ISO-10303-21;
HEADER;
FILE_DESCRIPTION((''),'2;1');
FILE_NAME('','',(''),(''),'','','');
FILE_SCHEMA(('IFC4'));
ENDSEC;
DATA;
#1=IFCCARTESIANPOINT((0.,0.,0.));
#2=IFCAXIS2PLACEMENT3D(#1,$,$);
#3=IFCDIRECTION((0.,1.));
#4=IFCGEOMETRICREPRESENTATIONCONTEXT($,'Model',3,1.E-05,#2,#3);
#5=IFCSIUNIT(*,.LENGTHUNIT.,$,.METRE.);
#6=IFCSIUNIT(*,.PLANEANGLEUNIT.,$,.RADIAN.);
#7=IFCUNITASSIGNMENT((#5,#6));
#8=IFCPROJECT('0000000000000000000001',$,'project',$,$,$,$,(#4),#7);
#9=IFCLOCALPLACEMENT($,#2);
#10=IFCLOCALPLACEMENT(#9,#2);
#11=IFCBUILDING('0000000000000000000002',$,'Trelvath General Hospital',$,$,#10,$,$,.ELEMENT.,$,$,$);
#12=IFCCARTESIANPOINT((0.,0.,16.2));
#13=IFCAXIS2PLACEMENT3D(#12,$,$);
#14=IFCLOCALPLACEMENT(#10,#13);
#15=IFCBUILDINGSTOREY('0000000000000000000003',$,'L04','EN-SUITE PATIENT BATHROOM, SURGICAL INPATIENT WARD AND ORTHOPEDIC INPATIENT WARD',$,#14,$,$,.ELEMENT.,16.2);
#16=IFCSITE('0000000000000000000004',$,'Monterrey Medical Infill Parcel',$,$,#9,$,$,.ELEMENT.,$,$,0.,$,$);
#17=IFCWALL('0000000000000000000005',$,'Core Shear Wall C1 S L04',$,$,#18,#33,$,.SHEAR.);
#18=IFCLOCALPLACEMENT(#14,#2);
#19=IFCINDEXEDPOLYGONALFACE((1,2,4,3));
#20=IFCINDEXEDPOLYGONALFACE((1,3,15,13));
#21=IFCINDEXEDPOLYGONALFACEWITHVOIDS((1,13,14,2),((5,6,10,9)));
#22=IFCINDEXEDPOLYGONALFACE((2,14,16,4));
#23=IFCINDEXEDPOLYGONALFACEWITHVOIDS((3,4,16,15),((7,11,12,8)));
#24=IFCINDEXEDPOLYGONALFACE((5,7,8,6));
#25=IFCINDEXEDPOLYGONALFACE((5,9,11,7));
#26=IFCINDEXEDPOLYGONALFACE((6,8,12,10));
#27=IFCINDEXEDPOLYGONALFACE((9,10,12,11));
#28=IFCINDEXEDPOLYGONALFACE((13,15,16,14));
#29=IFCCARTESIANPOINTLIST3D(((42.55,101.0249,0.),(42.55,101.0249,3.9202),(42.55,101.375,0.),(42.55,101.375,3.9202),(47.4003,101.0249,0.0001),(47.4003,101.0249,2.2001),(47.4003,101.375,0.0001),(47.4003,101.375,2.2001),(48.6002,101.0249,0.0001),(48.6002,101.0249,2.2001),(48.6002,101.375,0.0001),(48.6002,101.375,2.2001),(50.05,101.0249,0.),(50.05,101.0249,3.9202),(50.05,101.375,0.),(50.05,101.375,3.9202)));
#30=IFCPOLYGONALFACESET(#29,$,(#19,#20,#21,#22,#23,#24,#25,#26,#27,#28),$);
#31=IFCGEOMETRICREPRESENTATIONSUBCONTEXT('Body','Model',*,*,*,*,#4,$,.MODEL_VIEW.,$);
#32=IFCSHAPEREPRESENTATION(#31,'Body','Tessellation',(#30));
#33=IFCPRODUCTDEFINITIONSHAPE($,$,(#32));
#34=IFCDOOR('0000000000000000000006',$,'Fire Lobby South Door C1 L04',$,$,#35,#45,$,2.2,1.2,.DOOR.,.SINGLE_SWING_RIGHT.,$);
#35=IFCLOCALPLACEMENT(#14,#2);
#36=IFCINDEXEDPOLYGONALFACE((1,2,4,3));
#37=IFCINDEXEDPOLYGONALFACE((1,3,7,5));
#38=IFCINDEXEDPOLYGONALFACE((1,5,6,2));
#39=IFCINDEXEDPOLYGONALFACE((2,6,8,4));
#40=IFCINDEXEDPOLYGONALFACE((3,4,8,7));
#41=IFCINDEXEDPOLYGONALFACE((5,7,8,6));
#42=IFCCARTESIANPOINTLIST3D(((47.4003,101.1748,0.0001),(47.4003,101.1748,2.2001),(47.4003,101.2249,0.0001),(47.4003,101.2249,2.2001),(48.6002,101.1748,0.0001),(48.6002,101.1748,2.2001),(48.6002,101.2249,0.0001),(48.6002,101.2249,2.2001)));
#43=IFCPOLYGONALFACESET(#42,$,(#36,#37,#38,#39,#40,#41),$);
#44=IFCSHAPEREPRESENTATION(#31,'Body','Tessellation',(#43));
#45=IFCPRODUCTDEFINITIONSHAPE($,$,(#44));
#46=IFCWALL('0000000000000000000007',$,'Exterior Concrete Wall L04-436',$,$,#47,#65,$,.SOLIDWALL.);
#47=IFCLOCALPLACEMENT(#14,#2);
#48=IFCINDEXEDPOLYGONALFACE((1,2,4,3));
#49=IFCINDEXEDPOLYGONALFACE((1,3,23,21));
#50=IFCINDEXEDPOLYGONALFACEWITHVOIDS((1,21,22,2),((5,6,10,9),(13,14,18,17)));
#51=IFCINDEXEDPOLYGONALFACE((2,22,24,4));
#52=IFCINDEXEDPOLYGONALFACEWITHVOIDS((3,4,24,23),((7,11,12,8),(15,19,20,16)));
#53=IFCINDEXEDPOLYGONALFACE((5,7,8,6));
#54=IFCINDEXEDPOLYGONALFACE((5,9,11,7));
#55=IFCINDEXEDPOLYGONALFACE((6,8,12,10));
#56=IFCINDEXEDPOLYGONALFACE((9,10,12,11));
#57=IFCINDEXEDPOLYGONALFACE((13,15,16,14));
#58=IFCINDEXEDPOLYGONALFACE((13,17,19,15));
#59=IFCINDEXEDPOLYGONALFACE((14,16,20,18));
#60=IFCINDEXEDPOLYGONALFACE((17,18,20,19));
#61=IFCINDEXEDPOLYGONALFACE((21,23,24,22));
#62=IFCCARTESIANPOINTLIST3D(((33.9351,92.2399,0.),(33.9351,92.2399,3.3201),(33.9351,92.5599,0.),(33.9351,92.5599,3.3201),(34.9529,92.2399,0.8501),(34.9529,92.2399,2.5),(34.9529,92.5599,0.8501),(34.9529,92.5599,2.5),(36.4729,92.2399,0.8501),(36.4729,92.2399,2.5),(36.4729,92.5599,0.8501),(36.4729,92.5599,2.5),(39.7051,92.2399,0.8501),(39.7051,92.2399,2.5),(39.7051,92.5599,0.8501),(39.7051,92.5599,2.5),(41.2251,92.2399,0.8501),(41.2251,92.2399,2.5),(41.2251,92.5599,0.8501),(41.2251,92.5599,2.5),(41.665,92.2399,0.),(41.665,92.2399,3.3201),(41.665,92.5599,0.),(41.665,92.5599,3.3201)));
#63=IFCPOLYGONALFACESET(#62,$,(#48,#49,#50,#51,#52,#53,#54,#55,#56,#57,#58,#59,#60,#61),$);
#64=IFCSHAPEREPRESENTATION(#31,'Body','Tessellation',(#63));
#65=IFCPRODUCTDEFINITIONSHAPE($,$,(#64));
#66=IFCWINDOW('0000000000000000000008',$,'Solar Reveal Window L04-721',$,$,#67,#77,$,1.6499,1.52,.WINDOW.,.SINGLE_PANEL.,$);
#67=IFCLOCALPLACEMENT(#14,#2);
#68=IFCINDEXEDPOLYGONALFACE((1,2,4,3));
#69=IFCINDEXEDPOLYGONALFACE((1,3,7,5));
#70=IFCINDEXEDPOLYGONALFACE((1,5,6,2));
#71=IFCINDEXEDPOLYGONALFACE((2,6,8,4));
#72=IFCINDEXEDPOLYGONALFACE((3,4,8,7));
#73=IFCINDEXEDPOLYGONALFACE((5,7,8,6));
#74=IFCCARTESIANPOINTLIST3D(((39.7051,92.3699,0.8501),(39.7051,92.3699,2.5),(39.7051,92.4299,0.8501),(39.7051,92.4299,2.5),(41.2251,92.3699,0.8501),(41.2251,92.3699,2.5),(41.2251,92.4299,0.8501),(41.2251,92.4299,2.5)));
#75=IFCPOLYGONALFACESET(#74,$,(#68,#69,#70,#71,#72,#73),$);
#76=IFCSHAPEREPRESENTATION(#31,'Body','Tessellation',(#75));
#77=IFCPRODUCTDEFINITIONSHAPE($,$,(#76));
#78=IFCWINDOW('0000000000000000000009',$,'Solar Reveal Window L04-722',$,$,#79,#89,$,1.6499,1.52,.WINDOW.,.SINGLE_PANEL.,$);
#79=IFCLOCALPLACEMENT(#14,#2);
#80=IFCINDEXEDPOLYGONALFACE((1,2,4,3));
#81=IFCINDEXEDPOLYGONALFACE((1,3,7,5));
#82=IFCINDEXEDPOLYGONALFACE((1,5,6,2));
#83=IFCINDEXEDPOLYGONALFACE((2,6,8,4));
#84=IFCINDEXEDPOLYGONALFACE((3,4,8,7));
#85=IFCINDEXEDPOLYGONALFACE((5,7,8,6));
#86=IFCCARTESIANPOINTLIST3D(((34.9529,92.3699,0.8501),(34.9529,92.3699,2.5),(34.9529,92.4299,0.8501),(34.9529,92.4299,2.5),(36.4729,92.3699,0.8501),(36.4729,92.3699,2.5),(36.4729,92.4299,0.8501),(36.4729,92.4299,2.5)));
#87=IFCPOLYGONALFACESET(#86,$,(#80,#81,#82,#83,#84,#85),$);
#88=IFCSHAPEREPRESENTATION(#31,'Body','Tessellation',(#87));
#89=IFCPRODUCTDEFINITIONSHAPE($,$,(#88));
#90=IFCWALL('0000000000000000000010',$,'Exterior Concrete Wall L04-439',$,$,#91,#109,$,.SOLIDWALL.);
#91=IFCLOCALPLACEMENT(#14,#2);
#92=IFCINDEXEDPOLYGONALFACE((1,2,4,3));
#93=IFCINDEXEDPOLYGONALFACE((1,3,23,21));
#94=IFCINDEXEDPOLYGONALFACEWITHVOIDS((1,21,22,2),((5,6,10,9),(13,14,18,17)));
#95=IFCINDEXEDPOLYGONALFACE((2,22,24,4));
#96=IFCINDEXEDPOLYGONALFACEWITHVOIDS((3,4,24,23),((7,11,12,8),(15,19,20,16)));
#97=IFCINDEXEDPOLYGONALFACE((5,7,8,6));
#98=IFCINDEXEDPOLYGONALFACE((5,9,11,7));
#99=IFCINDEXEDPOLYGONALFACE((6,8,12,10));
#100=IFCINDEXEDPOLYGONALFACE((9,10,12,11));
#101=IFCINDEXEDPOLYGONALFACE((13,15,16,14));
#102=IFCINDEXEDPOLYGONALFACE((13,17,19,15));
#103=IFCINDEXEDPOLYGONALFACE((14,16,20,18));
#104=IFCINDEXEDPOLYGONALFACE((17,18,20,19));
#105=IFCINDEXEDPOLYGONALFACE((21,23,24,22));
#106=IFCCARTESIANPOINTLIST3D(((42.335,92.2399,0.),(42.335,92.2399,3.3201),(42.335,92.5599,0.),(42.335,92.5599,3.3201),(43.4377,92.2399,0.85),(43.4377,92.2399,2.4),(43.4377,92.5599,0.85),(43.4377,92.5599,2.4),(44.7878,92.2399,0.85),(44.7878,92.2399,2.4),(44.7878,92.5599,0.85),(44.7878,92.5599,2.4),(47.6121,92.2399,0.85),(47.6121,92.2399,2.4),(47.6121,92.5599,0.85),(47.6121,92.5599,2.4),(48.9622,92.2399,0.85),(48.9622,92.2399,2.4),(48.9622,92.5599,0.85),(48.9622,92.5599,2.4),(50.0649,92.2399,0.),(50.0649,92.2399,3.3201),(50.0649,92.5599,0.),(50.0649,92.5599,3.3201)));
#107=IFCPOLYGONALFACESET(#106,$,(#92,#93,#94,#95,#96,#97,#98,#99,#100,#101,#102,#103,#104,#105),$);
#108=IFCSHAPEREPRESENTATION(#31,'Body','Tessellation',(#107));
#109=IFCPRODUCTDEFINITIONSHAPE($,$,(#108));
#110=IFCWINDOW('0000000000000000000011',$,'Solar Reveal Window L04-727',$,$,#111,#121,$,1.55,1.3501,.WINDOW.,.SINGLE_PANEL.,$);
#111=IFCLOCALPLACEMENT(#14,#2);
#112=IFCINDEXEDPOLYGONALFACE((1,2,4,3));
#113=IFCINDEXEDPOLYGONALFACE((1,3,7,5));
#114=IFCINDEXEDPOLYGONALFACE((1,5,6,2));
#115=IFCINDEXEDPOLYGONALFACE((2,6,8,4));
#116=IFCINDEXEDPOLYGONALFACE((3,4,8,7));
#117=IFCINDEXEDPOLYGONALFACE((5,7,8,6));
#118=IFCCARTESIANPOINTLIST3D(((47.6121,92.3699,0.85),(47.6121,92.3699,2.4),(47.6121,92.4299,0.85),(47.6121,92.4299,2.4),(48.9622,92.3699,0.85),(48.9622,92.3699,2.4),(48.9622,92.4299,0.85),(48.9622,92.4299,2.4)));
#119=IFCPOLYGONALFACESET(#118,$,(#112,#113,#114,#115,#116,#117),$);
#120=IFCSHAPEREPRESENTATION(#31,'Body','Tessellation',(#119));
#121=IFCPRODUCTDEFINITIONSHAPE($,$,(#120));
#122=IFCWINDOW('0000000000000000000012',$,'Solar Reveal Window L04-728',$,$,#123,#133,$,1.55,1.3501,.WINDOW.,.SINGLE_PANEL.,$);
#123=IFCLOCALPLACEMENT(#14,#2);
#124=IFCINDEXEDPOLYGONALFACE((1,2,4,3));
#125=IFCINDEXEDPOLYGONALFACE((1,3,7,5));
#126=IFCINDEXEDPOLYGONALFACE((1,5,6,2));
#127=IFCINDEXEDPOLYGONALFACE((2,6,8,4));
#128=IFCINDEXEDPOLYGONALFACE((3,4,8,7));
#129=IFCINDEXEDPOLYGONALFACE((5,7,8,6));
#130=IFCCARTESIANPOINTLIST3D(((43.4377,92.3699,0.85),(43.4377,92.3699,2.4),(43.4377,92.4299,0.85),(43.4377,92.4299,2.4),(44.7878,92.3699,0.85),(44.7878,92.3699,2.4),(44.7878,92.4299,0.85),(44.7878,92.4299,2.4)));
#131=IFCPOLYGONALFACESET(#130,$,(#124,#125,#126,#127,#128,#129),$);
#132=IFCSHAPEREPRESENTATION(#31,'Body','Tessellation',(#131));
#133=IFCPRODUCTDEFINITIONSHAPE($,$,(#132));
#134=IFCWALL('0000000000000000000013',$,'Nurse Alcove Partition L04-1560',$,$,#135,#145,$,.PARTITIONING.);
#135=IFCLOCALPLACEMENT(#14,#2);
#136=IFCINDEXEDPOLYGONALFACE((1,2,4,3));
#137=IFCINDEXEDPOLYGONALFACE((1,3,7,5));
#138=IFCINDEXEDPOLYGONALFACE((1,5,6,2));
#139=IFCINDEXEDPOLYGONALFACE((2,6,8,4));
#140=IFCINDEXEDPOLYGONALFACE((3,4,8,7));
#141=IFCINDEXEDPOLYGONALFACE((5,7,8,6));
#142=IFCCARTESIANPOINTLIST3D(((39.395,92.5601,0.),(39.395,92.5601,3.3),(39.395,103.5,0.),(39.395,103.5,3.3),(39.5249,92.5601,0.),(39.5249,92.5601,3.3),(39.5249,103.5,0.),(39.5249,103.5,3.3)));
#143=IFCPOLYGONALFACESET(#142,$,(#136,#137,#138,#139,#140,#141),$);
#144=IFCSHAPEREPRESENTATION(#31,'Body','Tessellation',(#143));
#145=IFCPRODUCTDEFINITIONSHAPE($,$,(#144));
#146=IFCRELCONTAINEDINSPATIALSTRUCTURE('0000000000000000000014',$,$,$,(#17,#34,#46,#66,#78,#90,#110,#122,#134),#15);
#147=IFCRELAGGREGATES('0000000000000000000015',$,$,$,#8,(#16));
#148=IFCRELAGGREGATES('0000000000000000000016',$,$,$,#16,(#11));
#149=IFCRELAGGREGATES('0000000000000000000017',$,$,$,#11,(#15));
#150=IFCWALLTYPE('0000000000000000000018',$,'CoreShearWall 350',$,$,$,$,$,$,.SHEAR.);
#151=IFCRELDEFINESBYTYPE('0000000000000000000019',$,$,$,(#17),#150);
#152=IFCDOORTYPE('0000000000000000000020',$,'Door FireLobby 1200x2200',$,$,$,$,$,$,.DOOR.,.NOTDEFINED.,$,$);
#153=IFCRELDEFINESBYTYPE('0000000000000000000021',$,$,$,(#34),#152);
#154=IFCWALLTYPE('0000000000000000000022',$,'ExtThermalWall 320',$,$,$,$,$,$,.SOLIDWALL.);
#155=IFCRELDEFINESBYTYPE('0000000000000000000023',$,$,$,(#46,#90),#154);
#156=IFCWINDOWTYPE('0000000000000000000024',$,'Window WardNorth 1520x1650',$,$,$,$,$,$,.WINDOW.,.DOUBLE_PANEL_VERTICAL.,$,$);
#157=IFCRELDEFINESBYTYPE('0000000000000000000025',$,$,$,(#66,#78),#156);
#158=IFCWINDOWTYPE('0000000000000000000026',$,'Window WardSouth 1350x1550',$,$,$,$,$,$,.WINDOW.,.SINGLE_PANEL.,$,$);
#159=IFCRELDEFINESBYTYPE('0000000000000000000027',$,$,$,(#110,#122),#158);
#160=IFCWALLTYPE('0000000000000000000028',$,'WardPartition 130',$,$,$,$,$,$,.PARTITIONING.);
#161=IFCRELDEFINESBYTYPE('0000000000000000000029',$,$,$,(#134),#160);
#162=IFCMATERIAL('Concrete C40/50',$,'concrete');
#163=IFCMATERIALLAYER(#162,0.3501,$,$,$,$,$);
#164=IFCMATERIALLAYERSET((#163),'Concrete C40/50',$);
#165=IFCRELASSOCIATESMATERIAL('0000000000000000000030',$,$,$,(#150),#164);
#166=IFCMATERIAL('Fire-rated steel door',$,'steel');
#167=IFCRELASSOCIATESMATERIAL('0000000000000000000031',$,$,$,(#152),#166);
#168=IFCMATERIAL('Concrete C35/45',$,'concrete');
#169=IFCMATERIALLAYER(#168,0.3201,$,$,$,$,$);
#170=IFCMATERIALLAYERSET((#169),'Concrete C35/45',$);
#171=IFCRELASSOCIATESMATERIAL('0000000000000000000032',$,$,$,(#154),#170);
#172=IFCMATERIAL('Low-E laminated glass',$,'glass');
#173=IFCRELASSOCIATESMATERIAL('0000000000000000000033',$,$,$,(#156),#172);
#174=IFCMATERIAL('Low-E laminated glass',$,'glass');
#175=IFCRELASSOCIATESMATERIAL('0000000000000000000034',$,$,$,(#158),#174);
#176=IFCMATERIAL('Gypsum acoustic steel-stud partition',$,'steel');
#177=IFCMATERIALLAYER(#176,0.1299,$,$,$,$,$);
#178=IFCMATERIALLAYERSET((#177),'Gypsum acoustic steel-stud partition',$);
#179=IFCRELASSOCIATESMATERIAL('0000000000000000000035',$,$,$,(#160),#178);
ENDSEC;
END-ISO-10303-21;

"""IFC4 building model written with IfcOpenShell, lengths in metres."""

from ifc_helpers import new_model, si_unit, direction, frame, frame_2d, origin, place, context, subcontext, project, spatial, rectangle, extrude, material, layer, layer_set, type_object, element, fill, save


model = new_model("IFC4")

# Units and contexts
model_context = context("Model", 3, precision=1e-05, world=origin(), true_north=direction((0.0, 1.0)))
body_context = subcontext(model_context, "Body", "Model", "MODEL_VIEW")
ifc_project = project(units=[si_unit("LENGTHUNIT", "METRE"), si_unit("PLANEANGLEUNIT", "RADIAN")], contexts=[model_context])

# Site, building, storey
site_placement = place(None, origin())
site = spatial("IfcSite", under=ifc_project, at=site_placement, Name="Monterrey Medical Infill Parcel", CompositionType="ELEMENT", RefElevation=0.0)
building_placement = place(site_placement, origin())
building = spatial("IfcBuilding", under=site, at=building_placement, Name="Trelvath General Hospital", CompositionType="ELEMENT")
storey_placement = place(building_placement, frame((0.0, 0.0, 16.2)))
storey = spatial("IfcBuildingStorey", under=building, at=storey_placement, Name="L04", Description="EN-SUITE PATIENT BATHROOM, SURGICAL INPATIENT WARD AND ORTHOPEDIC INPATIENT WARD", CompositionType="ELEMENT", Elevation=16.2)

# Wall, opening, door
ifc_material_1 = material(Name="Concrete C40/50", Category="concrete")
ifc_layer_1 = layer(ifc_material_1, 0.3501)
ifc_layer_set_1 = layer_set([ifc_layer_1], Name="Concrete C40/50")
wall_type_1 = type_object("IfcWallType", Name="CoreShearWall 350", PredefinedType="SHEAR", material=ifc_layer_set_1)
wall_1_placement = place(storey_placement, frame((42.55, 101.2, 0.0), z_axis=(0.0, 0.0, 1.0), x_axis=(1.0, 0.0, 0.0)))
wall_1 = element("IfcWall", 1, at=wall_1_placement, inside=storey, type_object=wall_type_1, Name="Core Shear Wall C1 S L04", PredefinedType="SHEAR", context=body_context, shape_type="SweptSolid", body=[
    extrude(rectangle(XDim=7.5, YDim=0.3501, at=frame_2d((3.75, 0.0))), origin(), (0.0, 0.0, 1.0), 3.9202),
])
opening_1_placement = place(wall_1_placement, frame((4.8501, 0.0, 0.0)))
opening_1 = element("IfcOpeningElement", 2, at=opening_1_placement, cuts=wall_1, PredefinedType="OPENING", context=body_context, shape_type="SweptSolid", body=[
    extrude(rectangle(XDim=1.2, YDim=2.2, at=frame_2d((0.6001, 1.1001))), frame((0.0, 0.1851, 0.0), z_axis=(0.0, -1.0, 0.0), x_axis=(1.0, 0.0, 0.0)), (0.0, 0.0, 1.0), 0.3701),
])
ifc_material_2 = material(Name="Fire-rated steel door", Category="steel")
door_type_1 = type_object("IfcDoorType", Name="Door FireLobby 1200x2200", OperationType="NOTDEFINED", PredefinedType="DOOR", material=ifc_material_2)
door_1_placement = place(opening_1_placement, origin())
door_1 = element("IfcDoor", 3, at=door_1_placement, inside=storey, type_object=door_type_1, Name="Fire Lobby South Door C1 L04", OperationType="SINGLE_SWING_RIGHT", OverallHeight=2.2, OverallWidth=1.2, PredefinedType="DOOR", context=body_context, shape_type="SweptSolid", body=[
    extrude(rectangle(XDim=1.2, YDim=2.2, at=frame_2d((0.6001, 1.1001))), frame((0.0, 0.0249, 0.0), z_axis=(0.0, -1.0, 0.0), x_axis=(1.0, 0.0, 0.0)), (0.0, 0.0, 1.0), 0.05),
])
fill(opening_1, door_1)

# Walls, openings, windows
ifc_material_3 = material(Name="Concrete C35/45", Category="concrete")
ifc_layer_2 = layer(ifc_material_3, 0.3201)
ifc_layer_set_2 = layer_set([ifc_layer_2], Name="Concrete C35/45")
wall_type_2 = type_object("IfcWallType", Name="ExtThermalWall 320", PredefinedType="SOLIDWALL", material=ifc_layer_set_2)
wall_2_placement = place(storey_placement, frame((41.665, 92.3999, 0.0), z_axis=(0.0, 0.0, 1.0), x_axis=(-1.0, 0.0, 0.0)))
wall_2 = element("IfcWall", 4, at=wall_2_placement, inside=storey, type_object=wall_type_2, Name="Exterior Concrete Wall L04-436", PredefinedType="SOLIDWALL", context=body_context, shape_type="SweptSolid", body=[
    extrude(rectangle(XDim=7.73, YDim=0.3201, at=frame_2d((3.865, 0.0))), origin(), (0.0, 0.0, 1.0), 3.3201),
])
opening_2_placement = place(wall_2_placement, frame((0.4399, 0.0, 0.8501)))
opening_2 = element("IfcOpeningElement", 5, at=opening_2_placement, cuts=wall_2, PredefinedType="OPENING", context=body_context, shape_type="SweptSolid", body=[
    extrude(rectangle(XDim=1.52, YDim=1.6499, at=frame_2d((0.76, 0.825))), frame((0.0, 0.1699, 0.0), z_axis=(0.0, -1.0, 0.0), x_axis=(1.0, 0.0, 0.0)), (0.0, 0.0, 1.0), 0.3401),
])
opening_3_placement = place(wall_2_placement, frame((5.1921, 0.0, 0.8501)))
opening_3 = element("IfcOpeningElement", 6, at=opening_3_placement, cuts=wall_2, PredefinedType="OPENING", context=body_context, shape_type="SweptSolid", body=[
    extrude(rectangle(XDim=1.52, YDim=1.6499, at=frame_2d((0.76, 0.825))), frame((0.0, 0.1699, 0.0), z_axis=(0.0, -1.0, 0.0), x_axis=(1.0, 0.0, 0.0)), (0.0, 0.0, 1.0), 0.3401),
])
ifc_material_4 = material(Name="Low-E laminated glass", Category="glass")
window_type_1 = type_object("IfcWindowType", Name="Window WardNorth 1520x1650", PartitioningType="DOUBLE_PANEL_VERTICAL", PredefinedType="WINDOW", material=ifc_material_4)
window_1_placement = place(opening_2_placement, origin())
window_1 = element("IfcWindow", 7, at=window_1_placement, inside=storey, type_object=window_type_1, Name="Solar Reveal Window L04-721", OverallHeight=1.6499, OverallWidth=1.52, PartitioningType="SINGLE_PANEL", PredefinedType="WINDOW", context=body_context, shape_type="SweptSolid", body=[
    extrude(rectangle(XDim=1.52, YDim=1.6499, at=frame_2d((0.76, 0.825))), frame((0.0, 0.03, 0.0), z_axis=(0.0, -1.0, 0.0), x_axis=(1.0, 0.0, 0.0)), (0.0, 0.0, 1.0), 0.0601),
])
fill(opening_2, window_1)
window_2_placement = place(opening_3_placement, origin())
window_2 = element("IfcWindow", 8, at=window_2_placement, inside=storey, type_object=window_type_1, Name="Solar Reveal Window L04-722", OverallHeight=1.6499, OverallWidth=1.52, PartitioningType="SINGLE_PANEL", PredefinedType="WINDOW", context=body_context, shape_type="SweptSolid", body=[
    extrude(rectangle(XDim=1.52, YDim=1.6499, at=frame_2d((0.76, 0.825))), frame((0.0, 0.03, 0.0), z_axis=(0.0, -1.0, 0.0), x_axis=(1.0, 0.0, 0.0)), (0.0, 0.0, 1.0), 0.0601),
])
fill(opening_3, window_2)
wall_3_placement = place(storey_placement, frame((50.0649, 92.3999, 0.0), z_axis=(0.0, 0.0, 1.0), x_axis=(-1.0, 0.0, 0.0)))
wall_3 = element("IfcWall", 9, at=wall_3_placement, inside=storey, type_object=wall_type_2, Name="Exterior Concrete Wall L04-439", PredefinedType="SOLIDWALL", context=body_context, shape_type="SweptSolid", body=[
    extrude(rectangle(XDim=7.73, YDim=0.3201, at=frame_2d((3.865, 0.0))), origin(), (0.0, 0.0, 1.0), 3.3201),
])
opening_4_placement = place(wall_3_placement, frame((1.1028, 0.0, 0.8501)))
opening_4 = element("IfcOpeningElement", 10, at=opening_4_placement, cuts=wall_3, PredefinedType="OPENING", context=body_context, shape_type="SweptSolid", body=[
    extrude(rectangle(XDim=1.3501, YDim=1.55, at=frame_2d((0.675, 0.7749))), frame((0.0, 0.1699, 0.0), z_axis=(0.0, -1.0, 0.0), x_axis=(1.0, 0.0, 0.0)), (0.0, 0.0, 1.0), 0.3401),
])
opening_5_placement = place(wall_3_placement, frame((5.2771, 0.0, 0.8501)))
opening_5 = element("IfcOpeningElement", 11, at=opening_5_placement, cuts=wall_3, PredefinedType="OPENING", context=body_context, shape_type="SweptSolid", body=[
    extrude(rectangle(XDim=1.3501, YDim=1.55, at=frame_2d((0.675, 0.7749))), frame((0.0, 0.1699, 0.0), z_axis=(0.0, -1.0, 0.0), x_axis=(1.0, 0.0, 0.0)), (0.0, 0.0, 1.0), 0.3401),
])
ifc_material_5 = material(Name="Low-E laminated glass", Category="glass")
window_type_2 = type_object("IfcWindowType", Name="Window WardSouth 1350x1550", PartitioningType="SINGLE_PANEL", PredefinedType="WINDOW", material=ifc_material_5)
window_3_placement = place(opening_4_placement, origin())
window_3 = element("IfcWindow", 12, at=window_3_placement, inside=storey, type_object=window_type_2, Name="Solar Reveal Window L04-727", OverallHeight=1.55, OverallWidth=1.3501, PartitioningType="SINGLE_PANEL", PredefinedType="WINDOW", context=body_context, shape_type="SweptSolid", body=[
    extrude(rectangle(XDim=1.3501, YDim=1.55, at=frame_2d((0.675, 0.7749))), frame((0.0, 0.03, 0.0), z_axis=(0.0, -1.0, 0.0), x_axis=(1.0, 0.0, 0.0)), (0.0, 0.0, 1.0), 0.0601),
])
fill(opening_4, window_3)
window_4_placement = place(opening_5_placement, origin())
window_4 = element("IfcWindow", 13, at=window_4_placement, inside=storey, type_object=window_type_2, Name="Solar Reveal Window L04-728", OverallHeight=1.55, OverallWidth=1.3501, PartitioningType="SINGLE_PANEL", PredefinedType="WINDOW", context=body_context, shape_type="SweptSolid", body=[
    extrude(rectangle(XDim=1.3501, YDim=1.55, at=frame_2d((0.675, 0.7749))), frame((0.0, 0.03, 0.0), z_axis=(0.0, -1.0, 0.0), x_axis=(1.0, 0.0, 0.0)), (0.0, 0.0, 1.0), 0.0601),
])
fill(opening_5, window_4)

# Wall
ifc_material_6 = material(Name="Gypsum acoustic steel-stud partition", Category="steel")
ifc_layer_3 = layer(ifc_material_6, 0.1299)
ifc_layer_set_3 = layer_set([ifc_layer_3], Name="Gypsum acoustic steel-stud partition")
wall_type_3 = type_object("IfcWallType", Name="WardPartition 130", PredefinedType="PARTITIONING", material=ifc_layer_set_3)
wall_4_placement = place(storey_placement, frame((39.46, 92.5601, 0.0), z_axis=(0.0, 0.0, 1.0), x_axis=(0.0, 1.0, 0.0)))
element("IfcWall", 14, at=wall_4_placement, inside=storey, type_object=wall_type_3, Name="Nurse Alcove Partition L04-1560", PredefinedType="PARTITIONING", context=body_context, shape_type="SweptSolid", body=[
    extrude(rectangle(XDim=10.9399, YDim=0.1299, at=frame_2d((5.47, 0.0))), origin(), (0.0, 0.0, 1.0), 3.3),
])

save(model, "model.ifc")
